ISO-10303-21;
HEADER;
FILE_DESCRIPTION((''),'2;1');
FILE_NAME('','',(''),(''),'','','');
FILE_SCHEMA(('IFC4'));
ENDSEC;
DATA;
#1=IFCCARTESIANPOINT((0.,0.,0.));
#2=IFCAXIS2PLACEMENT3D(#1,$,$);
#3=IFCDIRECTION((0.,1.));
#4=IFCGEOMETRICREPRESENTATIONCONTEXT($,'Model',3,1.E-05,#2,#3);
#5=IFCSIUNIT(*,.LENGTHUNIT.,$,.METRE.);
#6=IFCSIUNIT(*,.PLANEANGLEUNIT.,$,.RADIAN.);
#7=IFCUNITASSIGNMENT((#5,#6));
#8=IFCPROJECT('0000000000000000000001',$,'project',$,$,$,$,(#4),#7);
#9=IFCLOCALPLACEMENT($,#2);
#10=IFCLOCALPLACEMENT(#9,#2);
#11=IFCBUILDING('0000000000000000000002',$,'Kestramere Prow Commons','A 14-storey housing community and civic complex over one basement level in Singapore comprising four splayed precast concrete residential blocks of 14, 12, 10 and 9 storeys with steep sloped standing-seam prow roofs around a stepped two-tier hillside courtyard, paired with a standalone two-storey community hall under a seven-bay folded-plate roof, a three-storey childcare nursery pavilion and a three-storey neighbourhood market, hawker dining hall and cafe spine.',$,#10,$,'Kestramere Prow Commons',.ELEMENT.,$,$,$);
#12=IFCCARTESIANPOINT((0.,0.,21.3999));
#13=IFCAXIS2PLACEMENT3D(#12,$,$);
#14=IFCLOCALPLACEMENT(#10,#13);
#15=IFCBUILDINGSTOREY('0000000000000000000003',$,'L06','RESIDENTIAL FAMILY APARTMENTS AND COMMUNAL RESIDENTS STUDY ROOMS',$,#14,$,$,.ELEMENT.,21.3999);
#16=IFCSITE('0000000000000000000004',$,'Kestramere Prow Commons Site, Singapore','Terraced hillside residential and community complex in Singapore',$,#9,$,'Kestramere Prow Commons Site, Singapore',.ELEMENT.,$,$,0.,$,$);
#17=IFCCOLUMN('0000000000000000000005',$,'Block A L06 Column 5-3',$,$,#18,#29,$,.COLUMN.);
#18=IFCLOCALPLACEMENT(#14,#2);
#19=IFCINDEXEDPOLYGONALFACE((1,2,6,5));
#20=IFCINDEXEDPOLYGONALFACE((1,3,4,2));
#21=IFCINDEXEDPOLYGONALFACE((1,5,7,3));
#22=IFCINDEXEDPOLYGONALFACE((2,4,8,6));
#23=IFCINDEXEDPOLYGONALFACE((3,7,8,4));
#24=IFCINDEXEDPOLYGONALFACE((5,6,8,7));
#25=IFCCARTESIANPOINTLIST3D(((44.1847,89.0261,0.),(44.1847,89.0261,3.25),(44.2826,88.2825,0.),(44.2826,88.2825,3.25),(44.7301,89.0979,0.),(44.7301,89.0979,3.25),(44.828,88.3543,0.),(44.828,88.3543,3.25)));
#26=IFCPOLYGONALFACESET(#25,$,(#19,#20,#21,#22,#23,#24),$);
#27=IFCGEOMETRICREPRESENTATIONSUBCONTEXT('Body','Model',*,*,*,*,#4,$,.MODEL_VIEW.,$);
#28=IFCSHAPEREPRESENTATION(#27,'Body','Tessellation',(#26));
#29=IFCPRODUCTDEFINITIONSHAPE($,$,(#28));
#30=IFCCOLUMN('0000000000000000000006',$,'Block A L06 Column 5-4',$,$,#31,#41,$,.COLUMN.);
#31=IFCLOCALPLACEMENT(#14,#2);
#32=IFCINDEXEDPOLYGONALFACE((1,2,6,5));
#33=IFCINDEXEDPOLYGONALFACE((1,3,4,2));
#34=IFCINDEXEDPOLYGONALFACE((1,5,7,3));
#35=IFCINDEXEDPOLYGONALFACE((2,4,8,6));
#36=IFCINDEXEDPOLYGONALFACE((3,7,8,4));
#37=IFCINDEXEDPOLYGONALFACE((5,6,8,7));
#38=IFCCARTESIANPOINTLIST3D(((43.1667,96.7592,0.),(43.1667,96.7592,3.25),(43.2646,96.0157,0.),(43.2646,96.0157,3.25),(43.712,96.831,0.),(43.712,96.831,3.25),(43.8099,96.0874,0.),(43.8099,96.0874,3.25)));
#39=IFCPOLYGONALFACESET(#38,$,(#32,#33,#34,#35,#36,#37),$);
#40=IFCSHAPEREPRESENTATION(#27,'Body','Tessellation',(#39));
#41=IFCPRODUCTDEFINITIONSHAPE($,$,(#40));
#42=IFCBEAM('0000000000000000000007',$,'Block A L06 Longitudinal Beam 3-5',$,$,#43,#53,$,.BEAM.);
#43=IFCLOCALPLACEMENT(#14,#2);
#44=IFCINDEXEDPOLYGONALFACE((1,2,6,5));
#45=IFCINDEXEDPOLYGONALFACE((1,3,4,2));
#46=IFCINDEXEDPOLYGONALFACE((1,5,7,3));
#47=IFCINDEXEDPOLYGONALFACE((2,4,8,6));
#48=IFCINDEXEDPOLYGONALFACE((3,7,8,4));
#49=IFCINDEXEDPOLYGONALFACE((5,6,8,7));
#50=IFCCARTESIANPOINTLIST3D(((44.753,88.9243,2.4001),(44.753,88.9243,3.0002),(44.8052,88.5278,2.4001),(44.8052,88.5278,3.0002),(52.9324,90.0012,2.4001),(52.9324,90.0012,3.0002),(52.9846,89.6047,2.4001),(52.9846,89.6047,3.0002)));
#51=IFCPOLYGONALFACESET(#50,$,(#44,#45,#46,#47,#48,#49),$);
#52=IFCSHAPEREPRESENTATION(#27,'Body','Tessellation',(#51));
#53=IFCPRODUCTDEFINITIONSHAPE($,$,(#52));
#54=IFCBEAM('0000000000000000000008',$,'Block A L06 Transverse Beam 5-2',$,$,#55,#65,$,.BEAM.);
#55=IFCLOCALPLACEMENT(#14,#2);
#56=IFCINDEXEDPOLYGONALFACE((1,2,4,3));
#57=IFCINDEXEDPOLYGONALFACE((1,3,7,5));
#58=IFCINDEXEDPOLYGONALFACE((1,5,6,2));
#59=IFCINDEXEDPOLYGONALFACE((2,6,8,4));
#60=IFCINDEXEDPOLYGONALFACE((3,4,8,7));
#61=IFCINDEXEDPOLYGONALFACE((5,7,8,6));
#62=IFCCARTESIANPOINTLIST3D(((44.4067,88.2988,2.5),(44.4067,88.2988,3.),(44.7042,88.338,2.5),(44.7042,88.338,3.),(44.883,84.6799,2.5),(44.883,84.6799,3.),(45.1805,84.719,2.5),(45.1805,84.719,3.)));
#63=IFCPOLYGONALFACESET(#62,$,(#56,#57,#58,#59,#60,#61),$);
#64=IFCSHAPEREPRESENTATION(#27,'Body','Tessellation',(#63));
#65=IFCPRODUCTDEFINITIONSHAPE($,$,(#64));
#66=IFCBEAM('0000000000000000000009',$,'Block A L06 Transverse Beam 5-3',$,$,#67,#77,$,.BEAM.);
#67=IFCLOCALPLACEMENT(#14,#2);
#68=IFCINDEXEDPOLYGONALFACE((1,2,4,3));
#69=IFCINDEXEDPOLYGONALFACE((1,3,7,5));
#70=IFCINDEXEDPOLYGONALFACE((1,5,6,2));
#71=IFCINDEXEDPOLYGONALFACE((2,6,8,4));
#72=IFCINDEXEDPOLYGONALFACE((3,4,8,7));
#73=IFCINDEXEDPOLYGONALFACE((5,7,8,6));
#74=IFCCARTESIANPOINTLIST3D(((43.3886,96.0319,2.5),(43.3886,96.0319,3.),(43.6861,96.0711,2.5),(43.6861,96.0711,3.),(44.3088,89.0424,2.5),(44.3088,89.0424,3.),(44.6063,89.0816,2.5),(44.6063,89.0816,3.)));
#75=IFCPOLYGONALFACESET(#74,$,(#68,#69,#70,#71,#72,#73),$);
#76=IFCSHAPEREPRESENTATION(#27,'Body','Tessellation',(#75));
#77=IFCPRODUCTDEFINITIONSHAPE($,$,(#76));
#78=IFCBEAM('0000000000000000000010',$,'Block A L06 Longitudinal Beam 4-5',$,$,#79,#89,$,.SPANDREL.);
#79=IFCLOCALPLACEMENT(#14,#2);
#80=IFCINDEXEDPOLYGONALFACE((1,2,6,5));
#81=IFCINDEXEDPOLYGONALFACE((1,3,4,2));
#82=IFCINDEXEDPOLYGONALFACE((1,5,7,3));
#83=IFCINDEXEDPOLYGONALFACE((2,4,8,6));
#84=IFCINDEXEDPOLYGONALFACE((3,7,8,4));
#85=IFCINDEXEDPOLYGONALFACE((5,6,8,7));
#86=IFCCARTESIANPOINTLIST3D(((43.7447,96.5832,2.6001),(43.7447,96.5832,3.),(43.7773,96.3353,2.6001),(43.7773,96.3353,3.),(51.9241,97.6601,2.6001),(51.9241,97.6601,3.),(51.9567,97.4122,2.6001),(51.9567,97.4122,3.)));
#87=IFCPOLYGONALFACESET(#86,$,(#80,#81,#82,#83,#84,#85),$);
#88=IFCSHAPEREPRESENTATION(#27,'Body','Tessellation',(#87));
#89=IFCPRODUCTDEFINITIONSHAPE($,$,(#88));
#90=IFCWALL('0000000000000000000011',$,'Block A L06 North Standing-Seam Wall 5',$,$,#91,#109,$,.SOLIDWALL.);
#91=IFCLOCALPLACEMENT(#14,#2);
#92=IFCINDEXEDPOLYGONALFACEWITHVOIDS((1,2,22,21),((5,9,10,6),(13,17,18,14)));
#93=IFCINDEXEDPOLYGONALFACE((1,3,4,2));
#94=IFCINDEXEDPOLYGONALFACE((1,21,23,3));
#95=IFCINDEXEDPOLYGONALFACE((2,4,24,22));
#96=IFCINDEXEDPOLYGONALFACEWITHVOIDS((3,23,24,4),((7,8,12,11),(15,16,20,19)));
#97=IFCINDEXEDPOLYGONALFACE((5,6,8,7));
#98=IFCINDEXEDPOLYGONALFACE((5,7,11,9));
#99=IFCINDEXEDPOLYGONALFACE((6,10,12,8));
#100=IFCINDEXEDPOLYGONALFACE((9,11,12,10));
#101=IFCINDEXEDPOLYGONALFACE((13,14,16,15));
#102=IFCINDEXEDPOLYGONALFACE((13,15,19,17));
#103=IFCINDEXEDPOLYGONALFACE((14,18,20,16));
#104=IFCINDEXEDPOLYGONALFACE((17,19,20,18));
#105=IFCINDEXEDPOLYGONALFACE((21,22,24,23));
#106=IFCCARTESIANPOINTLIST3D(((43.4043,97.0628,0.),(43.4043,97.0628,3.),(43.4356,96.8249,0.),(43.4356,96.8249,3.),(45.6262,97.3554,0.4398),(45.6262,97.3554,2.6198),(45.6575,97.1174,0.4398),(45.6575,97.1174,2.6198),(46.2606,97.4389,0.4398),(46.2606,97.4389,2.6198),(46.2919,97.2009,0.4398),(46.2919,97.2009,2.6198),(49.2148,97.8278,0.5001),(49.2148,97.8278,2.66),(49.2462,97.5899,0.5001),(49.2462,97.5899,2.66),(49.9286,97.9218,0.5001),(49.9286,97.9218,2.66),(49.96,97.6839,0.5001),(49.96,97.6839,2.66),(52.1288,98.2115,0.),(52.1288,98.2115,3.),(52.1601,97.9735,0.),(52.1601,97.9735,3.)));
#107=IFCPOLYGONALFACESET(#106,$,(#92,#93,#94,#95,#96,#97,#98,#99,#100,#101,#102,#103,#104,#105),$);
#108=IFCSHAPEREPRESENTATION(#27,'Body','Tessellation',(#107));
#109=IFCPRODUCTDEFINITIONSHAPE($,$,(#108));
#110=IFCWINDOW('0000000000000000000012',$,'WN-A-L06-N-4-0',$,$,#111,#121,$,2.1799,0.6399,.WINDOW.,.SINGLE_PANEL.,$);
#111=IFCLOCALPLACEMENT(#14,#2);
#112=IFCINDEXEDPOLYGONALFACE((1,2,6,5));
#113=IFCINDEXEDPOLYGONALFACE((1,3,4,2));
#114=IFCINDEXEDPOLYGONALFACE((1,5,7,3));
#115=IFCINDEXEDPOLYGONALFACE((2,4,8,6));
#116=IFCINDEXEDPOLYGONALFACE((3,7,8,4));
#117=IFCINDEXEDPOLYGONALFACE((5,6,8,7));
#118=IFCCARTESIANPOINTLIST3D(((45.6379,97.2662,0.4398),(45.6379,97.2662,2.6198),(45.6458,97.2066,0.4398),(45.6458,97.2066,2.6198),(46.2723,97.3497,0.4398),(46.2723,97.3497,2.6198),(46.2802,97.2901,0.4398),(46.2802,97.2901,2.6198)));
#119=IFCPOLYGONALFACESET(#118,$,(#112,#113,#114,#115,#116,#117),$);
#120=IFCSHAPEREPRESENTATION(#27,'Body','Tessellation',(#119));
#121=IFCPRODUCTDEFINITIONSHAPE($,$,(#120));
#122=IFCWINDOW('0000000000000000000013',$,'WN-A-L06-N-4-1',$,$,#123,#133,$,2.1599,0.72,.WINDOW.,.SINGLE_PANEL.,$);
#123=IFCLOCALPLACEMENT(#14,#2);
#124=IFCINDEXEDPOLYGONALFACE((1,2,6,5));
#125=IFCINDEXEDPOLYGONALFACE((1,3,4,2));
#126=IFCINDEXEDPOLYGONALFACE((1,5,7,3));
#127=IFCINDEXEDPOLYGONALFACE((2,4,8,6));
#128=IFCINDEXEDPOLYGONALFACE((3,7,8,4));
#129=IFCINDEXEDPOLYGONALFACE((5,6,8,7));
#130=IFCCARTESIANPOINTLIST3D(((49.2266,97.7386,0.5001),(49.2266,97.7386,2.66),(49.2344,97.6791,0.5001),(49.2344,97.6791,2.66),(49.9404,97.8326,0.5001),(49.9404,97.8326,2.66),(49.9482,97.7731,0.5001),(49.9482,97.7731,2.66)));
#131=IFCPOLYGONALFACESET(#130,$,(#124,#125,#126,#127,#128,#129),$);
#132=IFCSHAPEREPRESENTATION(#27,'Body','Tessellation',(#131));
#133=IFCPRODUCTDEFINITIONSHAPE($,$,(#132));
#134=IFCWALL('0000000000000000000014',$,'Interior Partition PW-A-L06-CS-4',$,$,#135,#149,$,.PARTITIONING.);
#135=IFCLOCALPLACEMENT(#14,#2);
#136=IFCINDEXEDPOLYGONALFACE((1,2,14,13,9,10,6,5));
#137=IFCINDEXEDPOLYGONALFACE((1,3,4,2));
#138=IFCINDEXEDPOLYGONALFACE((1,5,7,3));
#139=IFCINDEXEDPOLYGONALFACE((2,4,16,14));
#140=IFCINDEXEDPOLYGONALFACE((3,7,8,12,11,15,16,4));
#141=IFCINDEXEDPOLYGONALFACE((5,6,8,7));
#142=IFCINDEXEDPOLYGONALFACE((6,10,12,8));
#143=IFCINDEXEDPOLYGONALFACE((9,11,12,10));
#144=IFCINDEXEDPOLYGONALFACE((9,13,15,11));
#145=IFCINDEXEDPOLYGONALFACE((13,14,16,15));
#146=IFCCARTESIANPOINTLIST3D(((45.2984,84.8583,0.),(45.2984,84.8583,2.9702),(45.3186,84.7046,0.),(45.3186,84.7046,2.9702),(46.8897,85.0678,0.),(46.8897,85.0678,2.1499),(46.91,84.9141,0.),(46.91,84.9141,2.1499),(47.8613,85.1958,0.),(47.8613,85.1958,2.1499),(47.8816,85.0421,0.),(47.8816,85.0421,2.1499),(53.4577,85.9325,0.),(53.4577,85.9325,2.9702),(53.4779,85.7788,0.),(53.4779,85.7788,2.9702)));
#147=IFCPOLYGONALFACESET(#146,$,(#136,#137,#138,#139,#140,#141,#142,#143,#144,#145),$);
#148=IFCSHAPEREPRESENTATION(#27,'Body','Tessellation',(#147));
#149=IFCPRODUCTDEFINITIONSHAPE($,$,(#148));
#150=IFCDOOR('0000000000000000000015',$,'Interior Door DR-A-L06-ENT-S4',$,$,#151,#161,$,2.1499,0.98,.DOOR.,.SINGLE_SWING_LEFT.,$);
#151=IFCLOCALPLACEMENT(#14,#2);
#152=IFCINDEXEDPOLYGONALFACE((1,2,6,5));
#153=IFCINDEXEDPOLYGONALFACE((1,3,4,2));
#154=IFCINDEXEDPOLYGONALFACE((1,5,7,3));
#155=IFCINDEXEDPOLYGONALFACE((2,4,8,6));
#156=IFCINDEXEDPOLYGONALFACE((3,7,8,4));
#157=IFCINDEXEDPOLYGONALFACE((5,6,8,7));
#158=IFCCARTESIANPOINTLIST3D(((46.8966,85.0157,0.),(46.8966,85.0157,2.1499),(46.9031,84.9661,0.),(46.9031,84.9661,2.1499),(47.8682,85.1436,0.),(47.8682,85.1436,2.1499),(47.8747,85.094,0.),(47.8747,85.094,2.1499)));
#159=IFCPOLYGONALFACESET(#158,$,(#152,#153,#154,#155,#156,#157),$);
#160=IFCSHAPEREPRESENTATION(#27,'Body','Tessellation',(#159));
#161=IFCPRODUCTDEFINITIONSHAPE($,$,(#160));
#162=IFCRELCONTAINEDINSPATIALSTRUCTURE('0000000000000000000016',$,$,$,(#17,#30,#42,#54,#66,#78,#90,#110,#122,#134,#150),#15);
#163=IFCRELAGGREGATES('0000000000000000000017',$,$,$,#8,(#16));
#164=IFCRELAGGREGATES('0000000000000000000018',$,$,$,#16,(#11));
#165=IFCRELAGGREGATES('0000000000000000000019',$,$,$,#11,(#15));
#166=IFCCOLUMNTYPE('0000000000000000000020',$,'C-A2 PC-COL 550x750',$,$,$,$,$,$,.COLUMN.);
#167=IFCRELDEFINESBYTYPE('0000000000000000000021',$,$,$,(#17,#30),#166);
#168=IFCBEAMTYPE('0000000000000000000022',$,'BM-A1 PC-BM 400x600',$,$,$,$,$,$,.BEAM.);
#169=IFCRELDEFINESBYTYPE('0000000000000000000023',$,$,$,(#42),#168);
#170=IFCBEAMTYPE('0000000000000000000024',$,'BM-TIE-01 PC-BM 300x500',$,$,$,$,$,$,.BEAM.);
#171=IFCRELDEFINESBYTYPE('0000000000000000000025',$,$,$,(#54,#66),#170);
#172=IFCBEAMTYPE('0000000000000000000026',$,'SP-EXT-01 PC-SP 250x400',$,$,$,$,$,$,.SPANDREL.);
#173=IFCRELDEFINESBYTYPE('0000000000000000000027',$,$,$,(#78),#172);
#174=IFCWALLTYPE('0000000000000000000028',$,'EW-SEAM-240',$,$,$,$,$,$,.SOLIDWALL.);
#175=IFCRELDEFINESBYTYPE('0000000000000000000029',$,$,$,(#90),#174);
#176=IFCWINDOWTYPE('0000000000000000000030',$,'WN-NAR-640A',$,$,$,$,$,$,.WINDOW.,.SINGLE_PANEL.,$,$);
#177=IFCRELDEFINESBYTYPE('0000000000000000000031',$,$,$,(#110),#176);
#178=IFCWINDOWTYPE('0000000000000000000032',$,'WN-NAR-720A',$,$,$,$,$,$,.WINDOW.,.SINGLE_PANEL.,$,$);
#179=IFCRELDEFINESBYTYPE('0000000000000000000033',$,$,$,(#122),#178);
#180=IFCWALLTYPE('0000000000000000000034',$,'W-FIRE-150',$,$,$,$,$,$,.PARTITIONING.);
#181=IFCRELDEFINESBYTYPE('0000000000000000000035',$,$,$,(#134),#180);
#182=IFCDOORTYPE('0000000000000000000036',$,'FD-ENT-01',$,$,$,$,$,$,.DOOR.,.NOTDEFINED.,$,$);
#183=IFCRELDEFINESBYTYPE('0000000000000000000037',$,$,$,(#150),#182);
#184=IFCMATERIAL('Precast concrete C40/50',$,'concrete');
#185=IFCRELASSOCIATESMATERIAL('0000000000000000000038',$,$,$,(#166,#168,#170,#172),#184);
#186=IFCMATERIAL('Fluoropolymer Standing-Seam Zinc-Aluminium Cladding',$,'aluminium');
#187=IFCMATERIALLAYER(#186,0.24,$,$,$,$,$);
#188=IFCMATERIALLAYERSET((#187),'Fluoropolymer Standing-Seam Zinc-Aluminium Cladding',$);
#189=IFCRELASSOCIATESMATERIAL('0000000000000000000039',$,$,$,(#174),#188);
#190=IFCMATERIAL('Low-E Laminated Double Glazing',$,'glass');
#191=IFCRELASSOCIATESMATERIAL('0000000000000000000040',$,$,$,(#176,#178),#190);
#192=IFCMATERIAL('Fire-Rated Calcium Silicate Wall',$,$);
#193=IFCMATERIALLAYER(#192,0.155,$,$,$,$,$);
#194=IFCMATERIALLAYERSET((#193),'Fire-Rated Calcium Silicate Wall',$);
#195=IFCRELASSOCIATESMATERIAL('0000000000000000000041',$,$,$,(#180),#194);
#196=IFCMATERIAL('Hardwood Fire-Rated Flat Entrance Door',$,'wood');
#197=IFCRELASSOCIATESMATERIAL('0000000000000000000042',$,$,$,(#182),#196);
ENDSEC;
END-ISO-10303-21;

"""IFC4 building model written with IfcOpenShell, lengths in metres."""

from ifc_helpers import new_model, si_unit, direction, frame, frame_2d, origin, origin_2d, place, context, subcontext, project, spatial, rectangle, extrude, material, layer, layer_set, material_profile, profile_set, type_object, element, fill, save


model = new_model("IFC4")

# Units and contexts
model_context = context("Model", 3, precision=1e-05, world=origin(), true_north=direction((0.0, 1.0)))
body_context = subcontext(model_context, "Body", "Model", "MODEL_VIEW")
ifc_project = project(units=[si_unit("LENGTHUNIT", "METRE"), si_unit("PLANEANGLEUNIT", "RADIAN")], contexts=[model_context])

# Site, building, storey
site_placement = place(None, origin())
site = spatial("IfcSite", under=ifc_project, at=site_placement, Name="Kestramere Prow Commons Site, Singapore", Description="Terraced hillside residential and community complex in Singapore", LongName="Kestramere Prow Commons Site, Singapore", CompositionType="ELEMENT", RefElevation=0.0)
building_placement = place(site_placement, origin())
building = spatial("IfcBuilding", under=site, at=building_placement, Name="Kestramere Prow Commons", Description="A 14-storey housing community and civic complex over one basement level in Singapore comprising four splayed precast concrete residential blocks of 14, 12, 10 and 9 storeys with steep sloped standing-seam prow roofs around a stepped two-tier hillside courtyard, paired with a standalone two-storey community hall under a seven-bay folded-plate roof, a three-storey childcare nursery pavilion and a three-storey neighbourhood market, hawker dining hall and cafe spine.", LongName="Kestramere Prow Commons", CompositionType="ELEMENT")
storey_placement = place(building_placement, frame((0.0, 0.0, 21.3999)))
storey = spatial("IfcBuildingStorey", under=building, at=storey_placement, Name="L06", Description="RESIDENTIAL FAMILY APARTMENTS AND COMMUNAL RESIDENTS STUDY ROOMS", CompositionType="ELEMENT", Elevation=21.3999)

# Columns
ifc_material_1 = material(Name="Precast concrete C40/50", Category="concrete")
ifc_material_profile_1 = material_profile(ifc_material_1, rectangle(XDim=0.55, YDim=0.75, at=origin_2d()), Name="PC-COL 550x750")
ifc_profile_set_1 = profile_set([ifc_material_profile_1], Name="Precast concrete C40/50")
column_type = type_object("IfcColumnType", Name="C-A2 PC-COL 550x750", PredefinedType="COLUMN", material=ifc_profile_set_1)
for number, where, z_axis, x_axis, name in (
    (1, (44.5063, 88.6902, 0.0), (0.0, 0.0, 1.0), (0.991445, 0.130526, 0.0), "Block A L06 Column 5-3"),
    (2, (43.4883, 96.4233, 0.0), (0.0, 0.0, 1.0), (0.991445, 0.130526, 0.0), "Block A L06 Column 5-4"),
):
    element("IfcColumn", number, at=place(storey_placement, frame(where, z_axis=z_axis, x_axis=x_axis)), inside=storey, type_object=column_type, Name=name, PredefinedType="COLUMN", context=body_context, shape_type="SweptSolid", body=[
        extrude(rectangle(XDim=0.55, YDim=0.75, at=origin_2d()), origin(), (0.0, 0.0, 1.0), 3.25),
    ])

# Beams
ifc_material_profile_2 = material_profile(ifc_material_1, rectangle(XDim=0.3999, YDim=0.6001, at=origin_2d()), Name="PC-BM 400x600")
ifc_profile_set_2 = profile_set([ifc_material_profile_2], Name="Precast concrete C40/50")
beam_type_1 = type_object("IfcBeamType", Name="BM-A1 PC-BM 400x600", PredefinedType="BEAM", material=ifc_profile_set_2)
beam_1_placement = place(storey_placement, frame((44.7791, 88.7261, 2.7002), z_axis=(0.991444, 0.130533, 0.0), x_axis=(-0.130533, 0.991444, 0.0)))
element("IfcBeam", 3, at=beam_1_placement, inside=storey, type_object=beam_type_1, Name="Block A L06 Longitudinal Beam 3-5", PredefinedType="BEAM", context=body_context, shape_type="SweptSolid", body=[
    extrude(rectangle(XDim=0.3999, YDim=0.6001, at=origin_2d()), origin(), (0.0, 0.0, 1.0), 8.25),
])
ifc_material_profile_3 = material_profile(ifc_material_1, rectangle(XDim=0.3, YDim=0.5, at=origin_2d()), Name="PC-BM 300x500")
ifc_profile_set_3 = profile_set([ifc_material_profile_3], Name="Precast concrete C40/50")
beam_type_2 = type_object("IfcBeamType", Name="BM-TIE-01 PC-BM 300x500", PredefinedType="BEAM", material=ifc_profile_set_3)
beam_2_placement = place(storey_placement, frame((45.0317, 84.6995, 2.75), z_axis=(-0.130494, 0.991449, 0.0), x_axis=(-0.991449, -0.130494, 0.0)))
element("IfcBeam", 4, at=beam_2_placement, inside=storey, type_object=beam_type_2, Name="Block A L06 Transverse Beam 5-2", PredefinedType="BEAM", context=body_context, shape_type="SweptSolid", body=[
    extrude(rectangle(XDim=0.3, YDim=0.5, at=origin_2d()), origin(), (0.0, 0.0, 1.0), 3.6501),
])
beam_3_placement = place(storey_placement, frame((44.4575, 89.062, 2.75), z_axis=(-0.130523, 0.991445, 0.0), x_axis=(-0.991445, -0.130523, 0.0)))
element("IfcBeam", 5, at=beam_3_placement, inside=storey, type_object=beam_type_2, Name="Block A L06 Transverse Beam 5-3", PredefinedType="BEAM", context=body_context, shape_type="SweptSolid", body=[
    extrude(rectangle(XDim=0.3, YDim=0.5, at=origin_2d()), origin(), (0.0, 0.0, 1.0), 7.0498),
])
ifc_material_profile_4 = material_profile(ifc_material_1, rectangle(XDim=0.25, YDim=0.3999, at=origin_2d()), Name="PC-SP 250x400")
ifc_profile_set_4 = profile_set([ifc_material_profile_4], Name="Precast concrete C40/50")
beam_type_3 = type_object("IfcBeamType", Name="SP-EXT-01 PC-SP 250x400", PredefinedType="SPANDREL", material=ifc_profile_set_4)
beam_4_placement = place(storey_placement, frame((43.761, 96.4592, 2.8), z_axis=(0.991444, 0.130533, 0.0), x_axis=(-0.130533, 0.991444, 0.0)))
element("IfcBeam", 6, at=beam_4_placement, inside=storey, type_object=beam_type_3, Name="Block A L06 Longitudinal Beam 4-5", PredefinedType="SPANDREL", context=body_context, shape_type="SweptSolid", body=[
    extrude(rectangle(XDim=0.25, YDim=0.3999, at=origin_2d()), origin(), (0.0, 0.0, 1.0), 8.25),
])

# Wall, openings, windows
ifc_material_2 = material(Name="Fluoropolymer Standing-Seam Zinc-Aluminium Cladding", Category="aluminium")
ifc_layer_1 = layer(ifc_material_2, 0.24)
ifc_layer_set_1 = layer_set([ifc_layer_1], Name="Fluoropolymer Standing-Seam Zinc-Aluminium Cladding")
wall_type_1 = type_object("IfcWallType", Name="EW-SEAM-240", PredefinedType="SOLIDWALL", material=ifc_layer_set_1)
wall_1_placement = place(storey_placement, frame((43.4199, 96.9438, 0.0), z_axis=(0.0, 0.0, 1.0), x_axis=(0.991444, 0.130533, 0.0)))
wall_1 = element("IfcWall", 7, at=wall_1_placement, inside=storey, type_object=wall_type_1, Name="Block A L06 North Standing-Seam Wall 5", PredefinedType="SOLIDWALL", context=body_context, shape_type="SweptSolid", body=[
    extrude(rectangle(XDim=8.7998, YDim=0.24, at=frame_2d((4.3999, 0.0))), origin(), (0.0, 0.0, 1.0), 3.0),
])
opening_1_placement = place(wall_1_placement, frame((2.2412, 0.0, 0.4399)))
opening_1 = element("IfcOpeningElement", 8, at=opening_1_placement, cuts=wall_1, PredefinedType="OPENING", context=body_context, shape_type="SweptSolid", body=[
    extrude(rectangle(XDim=0.6399, YDim=2.1799, at=frame_2d((0.3198, 1.0898))), frame((0.0, 0.135, 0.0), z_axis=(0.0, -1.0, 0.0), x_axis=(1.0, 0.0, 0.0)), (0.0, 0.0, 1.0), 0.27),
])
opening_2_placement = place(wall_1_placement, frame((5.8608, 0.0, 0.5)))
opening_2 = element("IfcOpeningElement", 9, at=opening_2_placement, cuts=wall_1, PredefinedType="OPENING", context=body_context, shape_type="SweptSolid", body=[
    extrude(rectangle(XDim=0.72, YDim=2.1599, at=frame_2d((0.3599, 1.0801))), frame((0.0, 0.135, 0.0), z_axis=(0.0, -1.0, 0.0), x_axis=(1.0, 0.0, 0.0)), (0.0, 0.0, 1.0), 0.27),
])
ifc_material_3 = material(Name="Low-E Laminated Double Glazing", Category="glass")
window_type_1 = type_object("IfcWindowType", Name="WN-NAR-640A", PartitioningType="SINGLE_PANEL", PredefinedType="WINDOW", material=ifc_material_3)
window_1_placement = place(opening_1_placement, origin())
window_1 = element("IfcWindow", 10, at=window_1_placement, inside=storey, type_object=window_type_1, Name="WN-A-L06-N-4-0", OverallHeight=2.1799, OverallWidth=0.6399, PartitioningType="SINGLE_PANEL", PredefinedType="WINDOW", context=body_context, shape_type="SweptSolid", body=[
    extrude(rectangle(XDim=0.6399, YDim=2.1799, at=frame_2d((0.3198, 1.0898))), frame((0.0, 0.03, 0.0), z_axis=(0.0, -1.0, 0.0), x_axis=(1.0, 0.0, 0.0)), (0.0, 0.0, 1.0), 0.0601),
])
fill(opening_1, window_1)
window_type_2 = type_object("IfcWindowType", Name="WN-NAR-720A", PartitioningType="SINGLE_PANEL", PredefinedType="WINDOW", material=ifc_material_3)
window_2_placement = place(opening_2_placement, origin())
window_2 = element("IfcWindow", 11, at=window_2_placement, inside=storey, type_object=window_type_2, Name="WN-A-L06-N-4-1", OverallHeight=2.1599, OverallWidth=0.72, PartitioningType="SINGLE_PANEL", PredefinedType="WINDOW", context=body_context, shape_type="SweptSolid", body=[
    extrude(rectangle(XDim=0.72, YDim=2.1599, at=frame_2d((0.3599, 1.0801))), frame((0.0, 0.03, 0.0), z_axis=(0.0, -1.0, 0.0), x_axis=(1.0, 0.0, 0.0)), (0.0, 0.0, 1.0), 0.0601),
])
fill(opening_2, window_2)

# Wall, opening, door
ifc_material_4 = material(Name="Fire-Rated Calcium Silicate Wall")
ifc_layer_2 = layer(ifc_material_4, 0.155)
ifc_layer_set_2 = layer_set([ifc_layer_2], Name="Fire-Rated Calcium Silicate Wall")
wall_type_2 = type_object("IfcWallType", Name="W-FIRE-150", PredefinedType="PARTITIONING", material=ifc_layer_set_2)
wall_2_placement = place(storey_placement, frame((45.3086, 84.7815, 0.0), z_axis=(0.0, 0.0, 1.0), x_axis=(0.991445, 0.130527, 0.0)))
wall_2 = element("IfcWall", 12, at=wall_2_placement, inside=storey, type_object=wall_type_2, Name="Interior Partition PW-A-L06-CS-4", PredefinedType="PARTITIONING", context=body_context, shape_type="SweptSolid", body=[
    extrude(rectangle(XDim=8.2297, YDim=0.155, at=frame_2d((4.1147, 0.0))), origin(), (0.0, 0.0, 1.0), 2.9702),
])
opening_3_placement = place(wall_2_placement, frame((1.605, 0.0, 0.0)))
opening_3 = element("IfcOpeningElement", 13, at=opening_3_placement, cuts=wall_2, PredefinedType="OPENING", context=body_context, shape_type="SweptSolid", body=[
    extrude(rectangle(XDim=0.98, YDim=2.1499, at=frame_2d((0.49, 1.075))), frame((0.0, 0.0925, 0.0), z_axis=(0.0, -1.0, 0.0), x_axis=(1.0, 0.0, 0.0)), (0.0, 0.0, 1.0), 0.1851),
])
ifc_material_5 = material(Name="Hardwood Fire-Rated Flat Entrance Door", Category="wood")
door_type_1 = type_object("IfcDoorType", Name="FD-ENT-01", OperationType="NOTDEFINED", PredefinedType="DOOR", material=ifc_material_5)
door_1_placement = place(opening_3_placement, origin())
door_1 = element("IfcDoor", 14, at=door_1_placement, inside=storey, type_object=door_type_1, Name="Interior Door DR-A-L06-ENT-S4", OperationType="SINGLE_SWING_LEFT", OverallHeight=2.1499, OverallWidth=0.98, PredefinedType="DOOR", context=body_context, shape_type="SweptSolid", body=[
    extrude(rectangle(XDim=0.98, YDim=2.1499, at=frame_2d((0.49, 1.075))), frame((0.0, 0.0249, 0.0), z_axis=(0.0, -1.0, 0.0), x_axis=(1.0, 0.0, 0.0)), (0.0, 0.0, 1.0), 0.05),
])
fill(opening_3, door_1)

save(model, "model.ifc")
